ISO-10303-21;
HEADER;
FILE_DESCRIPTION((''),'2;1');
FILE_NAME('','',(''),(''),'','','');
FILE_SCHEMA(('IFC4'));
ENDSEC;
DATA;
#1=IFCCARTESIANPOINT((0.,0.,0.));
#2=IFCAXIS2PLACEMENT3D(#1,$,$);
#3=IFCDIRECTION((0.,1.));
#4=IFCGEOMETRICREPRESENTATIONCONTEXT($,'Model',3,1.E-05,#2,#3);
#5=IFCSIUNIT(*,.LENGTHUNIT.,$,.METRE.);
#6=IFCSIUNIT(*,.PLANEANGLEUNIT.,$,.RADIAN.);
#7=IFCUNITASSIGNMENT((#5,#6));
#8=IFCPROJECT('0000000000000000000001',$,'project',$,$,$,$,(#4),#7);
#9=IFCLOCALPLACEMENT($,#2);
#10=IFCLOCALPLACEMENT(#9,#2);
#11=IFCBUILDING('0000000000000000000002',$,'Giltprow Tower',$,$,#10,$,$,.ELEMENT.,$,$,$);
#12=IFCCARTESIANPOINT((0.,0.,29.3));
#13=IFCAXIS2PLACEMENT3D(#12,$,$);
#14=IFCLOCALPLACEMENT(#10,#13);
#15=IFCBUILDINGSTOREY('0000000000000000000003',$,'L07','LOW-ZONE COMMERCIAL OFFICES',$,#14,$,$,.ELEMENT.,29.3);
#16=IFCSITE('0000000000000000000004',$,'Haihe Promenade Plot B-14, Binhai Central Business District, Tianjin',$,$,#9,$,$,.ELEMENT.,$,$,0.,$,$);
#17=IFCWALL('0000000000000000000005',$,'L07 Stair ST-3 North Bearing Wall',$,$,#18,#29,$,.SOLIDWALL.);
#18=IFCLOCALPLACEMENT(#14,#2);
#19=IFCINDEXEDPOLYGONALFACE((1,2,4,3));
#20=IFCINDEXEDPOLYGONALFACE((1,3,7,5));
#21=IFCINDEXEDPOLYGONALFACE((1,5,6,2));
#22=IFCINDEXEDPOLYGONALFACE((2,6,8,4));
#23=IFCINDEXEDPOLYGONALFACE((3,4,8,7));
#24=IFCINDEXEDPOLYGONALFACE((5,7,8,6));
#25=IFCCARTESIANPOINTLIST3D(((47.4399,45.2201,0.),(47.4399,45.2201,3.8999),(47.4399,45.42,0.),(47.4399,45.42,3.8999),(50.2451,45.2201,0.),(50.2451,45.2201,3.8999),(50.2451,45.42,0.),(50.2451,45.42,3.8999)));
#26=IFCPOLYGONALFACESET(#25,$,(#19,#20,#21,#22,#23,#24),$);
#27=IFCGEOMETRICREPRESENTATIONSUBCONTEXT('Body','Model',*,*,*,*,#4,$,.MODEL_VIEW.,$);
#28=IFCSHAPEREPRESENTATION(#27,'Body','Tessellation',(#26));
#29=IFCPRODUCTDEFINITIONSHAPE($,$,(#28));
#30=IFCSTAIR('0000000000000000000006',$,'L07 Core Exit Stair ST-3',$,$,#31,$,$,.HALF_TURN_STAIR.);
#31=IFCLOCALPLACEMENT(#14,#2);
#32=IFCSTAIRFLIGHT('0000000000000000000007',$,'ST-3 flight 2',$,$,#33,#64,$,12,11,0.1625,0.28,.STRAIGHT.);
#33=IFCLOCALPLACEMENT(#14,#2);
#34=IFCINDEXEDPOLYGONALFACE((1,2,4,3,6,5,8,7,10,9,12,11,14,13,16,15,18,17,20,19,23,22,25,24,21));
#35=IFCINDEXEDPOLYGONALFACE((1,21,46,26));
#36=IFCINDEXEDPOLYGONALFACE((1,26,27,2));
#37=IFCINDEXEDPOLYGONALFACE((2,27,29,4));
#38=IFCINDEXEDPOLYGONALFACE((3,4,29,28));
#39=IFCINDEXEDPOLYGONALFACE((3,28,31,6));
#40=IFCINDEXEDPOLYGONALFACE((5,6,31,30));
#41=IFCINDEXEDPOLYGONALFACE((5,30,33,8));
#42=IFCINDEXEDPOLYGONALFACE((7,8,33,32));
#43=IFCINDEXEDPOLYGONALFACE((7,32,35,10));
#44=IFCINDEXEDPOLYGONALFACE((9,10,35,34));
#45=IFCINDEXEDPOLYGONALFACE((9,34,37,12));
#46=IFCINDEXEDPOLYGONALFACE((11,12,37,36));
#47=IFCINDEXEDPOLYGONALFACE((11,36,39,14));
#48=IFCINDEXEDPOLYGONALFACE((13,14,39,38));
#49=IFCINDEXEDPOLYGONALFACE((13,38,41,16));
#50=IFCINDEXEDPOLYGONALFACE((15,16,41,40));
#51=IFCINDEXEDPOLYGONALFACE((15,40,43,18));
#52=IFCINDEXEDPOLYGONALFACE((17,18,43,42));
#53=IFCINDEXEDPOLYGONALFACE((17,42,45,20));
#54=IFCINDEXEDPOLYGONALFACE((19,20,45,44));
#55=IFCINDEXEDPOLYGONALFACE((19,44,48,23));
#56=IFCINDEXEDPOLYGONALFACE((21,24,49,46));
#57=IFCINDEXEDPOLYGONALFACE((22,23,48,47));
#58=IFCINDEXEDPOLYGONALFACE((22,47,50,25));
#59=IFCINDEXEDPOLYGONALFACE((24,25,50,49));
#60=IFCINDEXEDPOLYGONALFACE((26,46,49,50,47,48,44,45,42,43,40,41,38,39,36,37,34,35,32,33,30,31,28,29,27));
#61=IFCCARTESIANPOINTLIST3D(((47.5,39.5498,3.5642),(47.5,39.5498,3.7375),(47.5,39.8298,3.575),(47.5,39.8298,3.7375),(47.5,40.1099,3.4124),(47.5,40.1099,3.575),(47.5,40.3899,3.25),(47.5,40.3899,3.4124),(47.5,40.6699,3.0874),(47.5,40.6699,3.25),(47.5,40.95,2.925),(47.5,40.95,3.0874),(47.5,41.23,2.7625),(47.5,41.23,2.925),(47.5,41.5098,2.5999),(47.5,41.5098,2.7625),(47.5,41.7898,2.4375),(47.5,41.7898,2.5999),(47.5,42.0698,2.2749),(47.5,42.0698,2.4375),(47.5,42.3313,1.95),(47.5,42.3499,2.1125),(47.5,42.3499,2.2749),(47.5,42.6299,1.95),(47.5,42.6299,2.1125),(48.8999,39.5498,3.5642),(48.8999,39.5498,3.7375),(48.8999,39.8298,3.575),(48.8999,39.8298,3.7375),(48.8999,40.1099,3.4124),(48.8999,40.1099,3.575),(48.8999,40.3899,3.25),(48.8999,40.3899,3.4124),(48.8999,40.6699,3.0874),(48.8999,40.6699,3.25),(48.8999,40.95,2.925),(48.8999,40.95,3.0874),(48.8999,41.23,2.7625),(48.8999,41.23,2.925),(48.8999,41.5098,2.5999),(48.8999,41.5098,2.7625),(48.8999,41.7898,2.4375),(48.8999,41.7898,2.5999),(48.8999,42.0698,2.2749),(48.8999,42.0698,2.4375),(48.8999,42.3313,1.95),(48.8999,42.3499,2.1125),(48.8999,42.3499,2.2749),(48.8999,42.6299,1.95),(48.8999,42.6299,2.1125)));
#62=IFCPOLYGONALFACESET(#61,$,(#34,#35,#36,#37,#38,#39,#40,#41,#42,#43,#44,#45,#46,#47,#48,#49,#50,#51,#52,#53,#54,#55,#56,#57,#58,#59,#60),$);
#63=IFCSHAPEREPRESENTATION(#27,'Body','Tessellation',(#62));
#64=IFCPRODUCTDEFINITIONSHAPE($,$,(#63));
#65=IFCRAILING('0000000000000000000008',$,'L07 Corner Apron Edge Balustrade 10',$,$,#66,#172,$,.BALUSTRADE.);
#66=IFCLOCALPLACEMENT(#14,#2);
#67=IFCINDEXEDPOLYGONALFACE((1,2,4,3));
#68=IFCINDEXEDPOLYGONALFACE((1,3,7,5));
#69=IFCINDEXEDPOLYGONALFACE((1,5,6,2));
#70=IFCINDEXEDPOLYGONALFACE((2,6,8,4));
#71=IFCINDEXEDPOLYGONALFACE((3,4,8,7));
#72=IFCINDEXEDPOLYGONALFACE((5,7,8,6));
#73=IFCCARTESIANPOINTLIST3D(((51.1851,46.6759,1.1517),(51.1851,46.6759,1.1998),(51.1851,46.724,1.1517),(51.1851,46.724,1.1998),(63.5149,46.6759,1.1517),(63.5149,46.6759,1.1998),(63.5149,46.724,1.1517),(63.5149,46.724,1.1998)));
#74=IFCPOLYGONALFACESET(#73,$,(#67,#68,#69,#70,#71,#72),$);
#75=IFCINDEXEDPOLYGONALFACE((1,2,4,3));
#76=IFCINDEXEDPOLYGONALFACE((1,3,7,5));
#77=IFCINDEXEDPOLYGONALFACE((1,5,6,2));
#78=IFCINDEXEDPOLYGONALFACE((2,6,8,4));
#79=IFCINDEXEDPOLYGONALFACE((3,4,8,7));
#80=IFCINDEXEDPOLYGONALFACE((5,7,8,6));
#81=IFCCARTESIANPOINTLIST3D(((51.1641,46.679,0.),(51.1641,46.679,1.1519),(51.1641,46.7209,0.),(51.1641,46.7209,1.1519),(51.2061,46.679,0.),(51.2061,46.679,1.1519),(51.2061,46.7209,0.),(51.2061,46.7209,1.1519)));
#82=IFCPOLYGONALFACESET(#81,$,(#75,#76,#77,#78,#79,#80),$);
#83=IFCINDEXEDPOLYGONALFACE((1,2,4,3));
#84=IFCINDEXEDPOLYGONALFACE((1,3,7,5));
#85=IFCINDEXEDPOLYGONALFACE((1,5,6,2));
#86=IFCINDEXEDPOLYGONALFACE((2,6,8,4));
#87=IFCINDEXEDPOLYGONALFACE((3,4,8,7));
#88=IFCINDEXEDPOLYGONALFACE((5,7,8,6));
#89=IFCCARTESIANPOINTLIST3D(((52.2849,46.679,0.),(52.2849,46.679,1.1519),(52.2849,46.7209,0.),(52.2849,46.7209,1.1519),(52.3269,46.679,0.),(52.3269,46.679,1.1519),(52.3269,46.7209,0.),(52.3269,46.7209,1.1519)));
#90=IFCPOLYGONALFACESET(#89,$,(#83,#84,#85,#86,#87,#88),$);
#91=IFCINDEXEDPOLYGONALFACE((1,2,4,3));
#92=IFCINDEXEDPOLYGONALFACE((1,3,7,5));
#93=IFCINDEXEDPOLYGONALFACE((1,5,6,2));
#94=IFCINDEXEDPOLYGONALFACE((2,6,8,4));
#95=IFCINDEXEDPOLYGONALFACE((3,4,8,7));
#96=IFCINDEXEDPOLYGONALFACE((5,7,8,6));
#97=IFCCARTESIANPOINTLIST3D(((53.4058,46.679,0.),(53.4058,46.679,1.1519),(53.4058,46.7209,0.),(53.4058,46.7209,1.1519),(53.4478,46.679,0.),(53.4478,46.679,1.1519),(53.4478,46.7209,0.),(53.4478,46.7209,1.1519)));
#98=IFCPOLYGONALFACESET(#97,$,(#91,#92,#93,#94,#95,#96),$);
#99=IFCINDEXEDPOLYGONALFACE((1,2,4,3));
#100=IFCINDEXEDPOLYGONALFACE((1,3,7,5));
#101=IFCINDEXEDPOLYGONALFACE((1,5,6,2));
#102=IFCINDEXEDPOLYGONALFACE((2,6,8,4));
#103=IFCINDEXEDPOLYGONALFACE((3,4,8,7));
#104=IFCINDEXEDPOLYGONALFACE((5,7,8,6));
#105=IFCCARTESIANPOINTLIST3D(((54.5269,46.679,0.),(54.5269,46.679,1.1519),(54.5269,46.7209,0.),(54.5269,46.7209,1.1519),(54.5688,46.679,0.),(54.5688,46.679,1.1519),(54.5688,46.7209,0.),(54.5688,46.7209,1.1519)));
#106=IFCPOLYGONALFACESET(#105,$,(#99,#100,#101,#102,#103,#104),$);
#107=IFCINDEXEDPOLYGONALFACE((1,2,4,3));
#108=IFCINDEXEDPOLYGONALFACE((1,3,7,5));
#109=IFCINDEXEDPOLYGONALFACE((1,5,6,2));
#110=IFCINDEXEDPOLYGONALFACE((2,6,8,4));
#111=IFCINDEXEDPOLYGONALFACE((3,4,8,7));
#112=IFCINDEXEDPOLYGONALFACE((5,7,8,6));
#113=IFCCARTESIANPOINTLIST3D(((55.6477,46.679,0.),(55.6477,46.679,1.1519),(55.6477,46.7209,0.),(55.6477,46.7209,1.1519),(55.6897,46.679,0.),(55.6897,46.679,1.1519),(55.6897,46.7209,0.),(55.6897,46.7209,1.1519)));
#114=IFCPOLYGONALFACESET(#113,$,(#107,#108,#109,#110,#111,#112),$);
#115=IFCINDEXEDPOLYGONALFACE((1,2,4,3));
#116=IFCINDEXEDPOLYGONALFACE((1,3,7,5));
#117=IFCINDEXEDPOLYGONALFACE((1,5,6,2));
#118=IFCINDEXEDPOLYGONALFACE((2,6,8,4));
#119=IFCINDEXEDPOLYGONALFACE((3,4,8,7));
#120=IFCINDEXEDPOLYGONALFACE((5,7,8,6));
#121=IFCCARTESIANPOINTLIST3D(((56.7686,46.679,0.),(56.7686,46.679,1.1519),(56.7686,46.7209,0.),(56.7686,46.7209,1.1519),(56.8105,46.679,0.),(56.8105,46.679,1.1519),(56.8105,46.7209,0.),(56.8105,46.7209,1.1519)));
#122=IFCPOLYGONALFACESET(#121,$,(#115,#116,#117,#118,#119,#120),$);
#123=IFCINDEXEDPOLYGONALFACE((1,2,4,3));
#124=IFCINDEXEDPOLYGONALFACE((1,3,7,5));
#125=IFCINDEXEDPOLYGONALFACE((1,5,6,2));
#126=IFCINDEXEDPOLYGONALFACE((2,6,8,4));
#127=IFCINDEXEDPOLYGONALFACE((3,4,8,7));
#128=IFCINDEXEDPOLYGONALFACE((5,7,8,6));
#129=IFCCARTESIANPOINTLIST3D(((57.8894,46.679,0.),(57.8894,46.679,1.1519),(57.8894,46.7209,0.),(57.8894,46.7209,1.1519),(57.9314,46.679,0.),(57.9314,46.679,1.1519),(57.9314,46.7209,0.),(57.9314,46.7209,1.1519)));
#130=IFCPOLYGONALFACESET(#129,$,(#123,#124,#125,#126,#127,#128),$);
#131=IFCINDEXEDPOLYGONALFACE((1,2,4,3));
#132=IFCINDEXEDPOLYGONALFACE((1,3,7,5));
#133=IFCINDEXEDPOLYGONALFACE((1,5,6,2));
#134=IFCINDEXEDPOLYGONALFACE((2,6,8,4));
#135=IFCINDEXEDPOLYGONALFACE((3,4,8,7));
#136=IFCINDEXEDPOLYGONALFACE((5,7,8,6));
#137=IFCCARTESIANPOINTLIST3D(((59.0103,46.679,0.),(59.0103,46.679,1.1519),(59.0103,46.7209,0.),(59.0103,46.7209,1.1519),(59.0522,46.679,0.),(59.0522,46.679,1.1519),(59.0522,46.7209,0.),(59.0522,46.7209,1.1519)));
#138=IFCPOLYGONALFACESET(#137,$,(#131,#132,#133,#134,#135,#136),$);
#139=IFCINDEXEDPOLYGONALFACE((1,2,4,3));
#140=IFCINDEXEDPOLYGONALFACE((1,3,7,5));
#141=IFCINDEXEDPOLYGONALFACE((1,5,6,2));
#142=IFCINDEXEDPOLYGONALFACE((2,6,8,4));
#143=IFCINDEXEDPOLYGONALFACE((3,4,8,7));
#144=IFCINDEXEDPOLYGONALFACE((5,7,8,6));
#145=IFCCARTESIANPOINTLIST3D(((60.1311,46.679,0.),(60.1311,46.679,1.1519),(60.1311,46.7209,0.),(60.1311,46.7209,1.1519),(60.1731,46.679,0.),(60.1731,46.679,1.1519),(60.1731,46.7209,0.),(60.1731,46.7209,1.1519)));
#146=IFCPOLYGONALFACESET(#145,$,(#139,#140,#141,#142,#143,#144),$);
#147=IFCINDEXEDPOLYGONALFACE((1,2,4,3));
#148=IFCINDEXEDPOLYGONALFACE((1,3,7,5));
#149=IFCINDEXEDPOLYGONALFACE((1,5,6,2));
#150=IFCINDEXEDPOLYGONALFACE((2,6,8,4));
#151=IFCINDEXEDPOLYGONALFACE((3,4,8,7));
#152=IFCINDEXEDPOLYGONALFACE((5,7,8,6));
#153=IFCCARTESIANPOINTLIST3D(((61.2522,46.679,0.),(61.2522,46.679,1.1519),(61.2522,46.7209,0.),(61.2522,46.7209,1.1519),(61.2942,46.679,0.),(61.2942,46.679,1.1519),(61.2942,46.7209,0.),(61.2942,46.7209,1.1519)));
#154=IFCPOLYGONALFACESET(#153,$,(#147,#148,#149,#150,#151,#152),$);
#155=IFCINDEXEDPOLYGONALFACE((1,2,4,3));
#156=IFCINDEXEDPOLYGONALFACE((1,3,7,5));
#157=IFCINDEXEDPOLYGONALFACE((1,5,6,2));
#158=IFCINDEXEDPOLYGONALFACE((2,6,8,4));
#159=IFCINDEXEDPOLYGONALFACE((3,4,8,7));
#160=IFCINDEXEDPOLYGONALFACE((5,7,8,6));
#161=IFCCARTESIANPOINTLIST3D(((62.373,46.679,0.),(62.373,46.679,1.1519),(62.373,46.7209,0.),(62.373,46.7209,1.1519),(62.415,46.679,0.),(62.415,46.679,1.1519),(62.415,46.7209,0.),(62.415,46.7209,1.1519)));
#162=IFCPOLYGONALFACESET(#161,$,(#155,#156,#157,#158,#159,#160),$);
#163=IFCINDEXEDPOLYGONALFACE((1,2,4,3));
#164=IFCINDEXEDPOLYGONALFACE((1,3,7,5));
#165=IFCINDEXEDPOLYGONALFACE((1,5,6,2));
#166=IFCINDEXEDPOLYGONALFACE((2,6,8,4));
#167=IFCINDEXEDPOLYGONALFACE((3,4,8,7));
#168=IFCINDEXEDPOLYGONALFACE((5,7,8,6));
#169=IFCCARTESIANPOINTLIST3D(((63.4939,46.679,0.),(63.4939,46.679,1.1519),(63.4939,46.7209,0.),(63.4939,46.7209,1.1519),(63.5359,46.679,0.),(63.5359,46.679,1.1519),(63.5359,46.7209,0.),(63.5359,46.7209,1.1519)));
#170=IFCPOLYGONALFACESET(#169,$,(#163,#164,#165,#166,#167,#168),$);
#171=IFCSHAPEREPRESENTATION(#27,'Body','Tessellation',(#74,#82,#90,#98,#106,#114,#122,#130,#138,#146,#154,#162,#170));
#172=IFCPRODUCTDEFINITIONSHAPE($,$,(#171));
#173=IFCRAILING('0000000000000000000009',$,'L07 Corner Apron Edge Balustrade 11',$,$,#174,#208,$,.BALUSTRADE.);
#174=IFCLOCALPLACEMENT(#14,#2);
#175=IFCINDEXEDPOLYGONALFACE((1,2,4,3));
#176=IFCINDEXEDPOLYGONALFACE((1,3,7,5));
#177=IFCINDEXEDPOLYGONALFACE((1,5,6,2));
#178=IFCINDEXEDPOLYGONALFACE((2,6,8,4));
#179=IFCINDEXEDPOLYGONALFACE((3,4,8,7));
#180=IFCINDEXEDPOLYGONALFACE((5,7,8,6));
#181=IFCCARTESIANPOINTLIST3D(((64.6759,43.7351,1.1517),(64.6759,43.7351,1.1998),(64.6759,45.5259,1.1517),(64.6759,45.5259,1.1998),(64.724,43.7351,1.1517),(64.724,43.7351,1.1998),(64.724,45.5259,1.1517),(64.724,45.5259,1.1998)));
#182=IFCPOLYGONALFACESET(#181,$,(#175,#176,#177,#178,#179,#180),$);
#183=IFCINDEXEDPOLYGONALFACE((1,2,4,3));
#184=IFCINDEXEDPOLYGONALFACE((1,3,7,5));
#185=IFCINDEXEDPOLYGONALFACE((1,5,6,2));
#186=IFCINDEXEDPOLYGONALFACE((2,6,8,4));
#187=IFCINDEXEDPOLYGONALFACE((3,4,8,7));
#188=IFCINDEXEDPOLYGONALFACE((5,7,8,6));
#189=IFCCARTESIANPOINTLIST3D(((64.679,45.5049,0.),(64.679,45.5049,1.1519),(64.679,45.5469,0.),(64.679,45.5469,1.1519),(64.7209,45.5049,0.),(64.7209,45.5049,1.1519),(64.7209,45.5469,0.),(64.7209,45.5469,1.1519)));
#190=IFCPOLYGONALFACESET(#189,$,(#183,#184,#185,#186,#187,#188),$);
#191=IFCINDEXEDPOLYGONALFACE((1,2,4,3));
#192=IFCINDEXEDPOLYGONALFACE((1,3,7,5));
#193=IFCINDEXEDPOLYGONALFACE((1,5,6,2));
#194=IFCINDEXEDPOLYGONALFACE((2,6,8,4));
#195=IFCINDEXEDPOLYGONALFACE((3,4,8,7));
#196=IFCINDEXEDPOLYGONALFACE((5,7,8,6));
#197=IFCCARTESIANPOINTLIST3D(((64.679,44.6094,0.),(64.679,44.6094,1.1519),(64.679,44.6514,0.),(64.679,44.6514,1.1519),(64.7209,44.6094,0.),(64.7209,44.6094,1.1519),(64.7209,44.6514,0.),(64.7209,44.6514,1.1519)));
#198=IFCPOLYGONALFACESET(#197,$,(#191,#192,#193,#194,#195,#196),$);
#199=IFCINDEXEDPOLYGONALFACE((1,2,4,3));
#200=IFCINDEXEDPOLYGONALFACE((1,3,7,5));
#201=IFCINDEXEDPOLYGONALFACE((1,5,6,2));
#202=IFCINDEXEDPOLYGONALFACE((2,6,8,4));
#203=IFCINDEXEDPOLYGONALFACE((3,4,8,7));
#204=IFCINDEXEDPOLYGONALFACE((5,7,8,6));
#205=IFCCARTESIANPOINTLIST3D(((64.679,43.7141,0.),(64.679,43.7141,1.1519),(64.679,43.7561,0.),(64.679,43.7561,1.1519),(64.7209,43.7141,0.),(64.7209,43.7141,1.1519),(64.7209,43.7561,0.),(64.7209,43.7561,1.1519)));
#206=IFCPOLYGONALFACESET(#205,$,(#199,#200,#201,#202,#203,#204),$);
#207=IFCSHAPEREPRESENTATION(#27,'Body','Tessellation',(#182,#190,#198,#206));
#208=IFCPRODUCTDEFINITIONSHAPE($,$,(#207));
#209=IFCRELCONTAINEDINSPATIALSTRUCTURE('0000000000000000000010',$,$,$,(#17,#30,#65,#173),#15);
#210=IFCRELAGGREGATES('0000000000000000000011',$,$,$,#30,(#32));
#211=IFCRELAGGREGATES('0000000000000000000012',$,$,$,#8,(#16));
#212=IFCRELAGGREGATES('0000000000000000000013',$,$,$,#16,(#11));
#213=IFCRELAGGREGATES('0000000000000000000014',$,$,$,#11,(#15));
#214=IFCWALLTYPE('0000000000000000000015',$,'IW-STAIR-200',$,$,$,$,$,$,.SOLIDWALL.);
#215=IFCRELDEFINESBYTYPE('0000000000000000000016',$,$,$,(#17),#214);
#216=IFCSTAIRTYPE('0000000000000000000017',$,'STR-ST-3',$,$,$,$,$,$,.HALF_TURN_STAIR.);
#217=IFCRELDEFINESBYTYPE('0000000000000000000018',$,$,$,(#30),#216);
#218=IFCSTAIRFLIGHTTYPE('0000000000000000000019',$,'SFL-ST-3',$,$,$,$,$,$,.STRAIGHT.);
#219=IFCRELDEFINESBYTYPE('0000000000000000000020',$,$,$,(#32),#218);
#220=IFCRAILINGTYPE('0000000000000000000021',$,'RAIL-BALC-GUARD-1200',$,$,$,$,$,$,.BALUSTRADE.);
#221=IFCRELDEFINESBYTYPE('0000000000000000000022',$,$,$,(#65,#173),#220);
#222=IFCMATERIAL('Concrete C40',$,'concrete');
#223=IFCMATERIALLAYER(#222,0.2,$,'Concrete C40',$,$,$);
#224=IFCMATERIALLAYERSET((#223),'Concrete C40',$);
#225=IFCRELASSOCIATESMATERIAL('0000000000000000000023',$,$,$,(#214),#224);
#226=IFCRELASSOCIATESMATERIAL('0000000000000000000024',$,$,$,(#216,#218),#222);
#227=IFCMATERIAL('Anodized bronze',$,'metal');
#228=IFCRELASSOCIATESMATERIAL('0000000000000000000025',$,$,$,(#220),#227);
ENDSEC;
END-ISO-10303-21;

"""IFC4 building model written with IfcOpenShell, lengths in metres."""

from ifc_helpers import new_model, si_unit, direction, frame, frame_2d, origin, origin_2d, place, context, subcontext, project, spatial, polyline, rectangle, outline, extrude, material, layer, layer_set, type_object, element, aggregate, save


model = new_model("IFC4")

# Units and contexts
model_context = context("Model", 3, precision=1e-05, world=origin(), true_north=direction((0.0, 1.0)))
body_context = subcontext(model_context, "Body", "Model", "MODEL_VIEW")
ifc_project = project(units=[si_unit("LENGTHUNIT", "METRE"), si_unit("PLANEANGLEUNIT", "RADIAN")], contexts=[model_context])

# Site, building, storey
site_placement = place(None, origin())
site = spatial("IfcSite", under=ifc_project, at=site_placement, Name="Haihe Promenade Plot B-14, Binhai Central Business District, Tianjin", CompositionType="ELEMENT", RefElevation=0.0)
building_placement = place(site_placement, origin())
building = spatial("IfcBuilding", under=site, at=building_placement, Name="Giltprow Tower", CompositionType="ELEMENT")
storey_placement = place(building_placement, frame((0.0, 0.0, 29.3)))
storey = spatial("IfcBuildingStorey", under=building, at=storey_placement, Name="L07", Description="LOW-ZONE COMMERCIAL OFFICES", CompositionType="ELEMENT", Elevation=29.3)

# Wall
ifc_material_1 = material(Name="Concrete C40", Category="concrete")
ifc_layer_1 = layer(ifc_material_1, 0.2, Name="Concrete C40")
ifc_layer_set_1 = layer_set([ifc_layer_1], Name="Concrete C40")
wall_type_1 = type_object("IfcWallType", Name="IW-STAIR-200", PredefinedType="SOLIDWALL", material=ifc_layer_set_1)
wall_1_placement = place(storey_placement, frame((47.4399, 45.3201, 0.0), z_axis=(0.0, 0.0, 1.0), x_axis=(1.0, 0.0, 0.0)))
element("IfcWall", 1, at=wall_1_placement, inside=storey, type_object=wall_type_1, Name="L07 Stair ST-3 North Bearing Wall", PredefinedType="SOLIDWALL", context=body_context, shape_type="SweptSolid", body=[
    extrude(rectangle(XDim=2.8052, YDim=0.2, at=frame_2d((1.4026, 0.0))), origin(), (0.0, 0.0, 1.0), 3.8999),
])

# Stair, stair flight
stair_type = type_object("IfcStairType", Name="STR-ST-3", PredefinedType="HALF_TURN_STAIR", material=ifc_material_1)
stair_placement = place(storey_placement, origin())
stair = element("IfcStair", 2, at=stair_placement, inside=storey, type_object=stair_type, Name="L07 Core Exit Stair ST-3", PredefinedType="HALF_TURN_STAIR")
stair_flight_type = type_object("IfcStairFlightType", Name="SFL-ST-3", PredefinedType="STRAIGHT", material=ifc_material_1)
stair_flight_placement = place(storey_placement, frame((48.2, 42.6299, 1.95), z_axis=(0.0, 0.0, 1.0), x_axis=(0.0, -1.0, 0.0)))
stair_flight = element("IfcStairFlight", 3, at=stair_flight_placement, type_object=stair_flight_type, Name="ST-3 flight 2", NumberOfRisers=12, NumberOfTreads=11, PredefinedType="STRAIGHT", RiserHeight=0.1625, TreadLength=0.28, context=body_context, shape_type="SweptSolid", body=[
    extrude(outline(polyline([(0.0, 0.0), (0.0, 0.1626), (0.28, 0.1626), (0.28, 0.325), (0.5601, 0.325), (0.5601, 0.4875), (0.8401, 0.4875), (0.8401, 0.6499), (1.1201, 0.6499), (1.1201, 0.8125), (1.3999, 0.8125), (1.3999, 0.9751), (1.6799, 0.9751), (1.6799, 1.1375), (1.96, 1.1375), (1.96, 1.3), (2.24, 1.3), (2.24, 1.4624), (2.52, 1.4624), (2.52, 1.625), (2.8, 1.625), (2.8, 1.7876), (3.0801, 1.7876), (3.0801, 1.95), (3.0801, 1.6143), (0.2986, 0.0), (0.0, 0.0)])), frame((0.0, 0.7, 0.0), z_axis=(0.0, -1.0, 0.0), x_axis=(1.0, 0.0, 0.0)), (0.0, 0.0, 1.0), 1.3999),
])
aggregate(stair, [stair_flight])

# Railings
ifc_material_2 = material(Name="Anodized bronze", Category="metal")
railing_type_1 = type_object("IfcRailingType", Name="RAIL-BALC-GUARD-1200", PredefinedType="BALUSTRADE", material=ifc_material_2)
railing_1_placement = place(storey_placement, frame((51.1851, 46.7, 0.0)))
element("IfcRailing", 4, at=railing_1_placement, inside=storey, type_object=railing_type_1, Name="L07 Corner Apron Edge Balustrade 10", PredefinedType="BALUSTRADE", context=body_context, shape_type="SweptSolid", body=[
    extrude(rectangle(XDim=0.0481, YDim=0.0481, at=origin_2d()), frame((0.0, 0.0, 1.1758), z_axis=(1.0, 0.0, 0.0), x_axis=(0.0, 1.0, 0.0)), (0.0, 0.0, 1.0), 12.3298),
    extrude(rectangle(XDim=0.042, YDim=0.042, at=origin_2d()), origin(), (0.0, 0.0, 1.0), 1.1519),
    extrude(rectangle(XDim=0.042, YDim=0.042, at=origin_2d()), frame((1.1208, 0.0, 0.0)), (0.0, 0.0, 1.0), 1.1519),
    extrude(rectangle(XDim=0.042, YDim=0.042, at=origin_2d()), frame((2.2417, 0.0, 0.0)), (0.0, 0.0, 1.0), 1.1519),
    extrude(rectangle(XDim=0.042, YDim=0.042, at=origin_2d()), frame((3.3628, 0.0, 0.0)), (0.0, 0.0, 1.0), 1.1519),
    extrude(rectangle(XDim=0.042, YDim=0.042, at=origin_2d()), frame((4.4836, 0.0, 0.0)), (0.0, 0.0, 1.0), 1.1519),
    extrude(rectangle(XDim=0.042, YDim=0.042, at=origin_2d()), frame((5.6045, 0.0, 0.0)), (0.0, 0.0, 1.0), 1.1519),
    extrude(rectangle(XDim=0.042, YDim=0.042, at=origin_2d()), frame((6.7253, 0.0, 0.0)), (0.0, 0.0, 1.0), 1.1519),
    extrude(rectangle(XDim=0.042, YDim=0.042, at=origin_2d()), frame((7.8462, 0.0, 0.0)), (0.0, 0.0, 1.0), 1.1519),
    extrude(rectangle(XDim=0.042, YDim=0.042, at=origin_2d()), frame((8.967, 0.0, 0.0)), (0.0, 0.0, 1.0), 1.1519),
    extrude(rectangle(XDim=0.042, YDim=0.042, at=origin_2d()), frame((10.0881, 0.0, 0.0)), (0.0, 0.0, 1.0), 1.1519),
    extrude(rectangle(XDim=0.042, YDim=0.042, at=origin_2d()), frame((11.209, 0.0, 0.0)), (0.0, 0.0, 1.0), 1.1519),
    extrude(rectangle(XDim=0.042, YDim=0.042, at=origin_2d()), frame((12.3298, 0.0, 0.0)), (0.0, 0.0, 1.0), 1.1519),
])
railing_2_placement = place(storey_placement, frame((64.7, 45.5259, 0.0)))
element("IfcRailing", 5, at=railing_2_placement, inside=storey, type_object=railing_type_1, Name="L07 Corner Apron Edge Balustrade 11", PredefinedType="BALUSTRADE", context=body_context, shape_type="SweptSolid", body=[
    extrude(rectangle(XDim=0.0481, YDim=0.0481, at=origin_2d()), frame((0.0, 0.0, 1.1758), z_axis=(0.0, -1.0, 0.0), x_axis=(1.0, 0.0, 0.0)), (0.0, 0.0, 1.0), 1.7908),
    extrude(rectangle(XDim=0.042, YDim=0.042, at=origin_2d()), origin(), (0.0, 0.0, 1.0), 1.1519),
    extrude(rectangle(XDim=0.042, YDim=0.042, at=origin_2d()), frame((0.0, -0.8955, 0.0)), (0.0, 0.0, 1.0), 1.1519),
    extrude(rectangle(XDim=0.042, YDim=0.042, at=origin_2d()), frame((0.0, -1.7908, 0.0)), (0.0, 0.0, 1.0), 1.1519),
])

save(model, "model.ifc")
